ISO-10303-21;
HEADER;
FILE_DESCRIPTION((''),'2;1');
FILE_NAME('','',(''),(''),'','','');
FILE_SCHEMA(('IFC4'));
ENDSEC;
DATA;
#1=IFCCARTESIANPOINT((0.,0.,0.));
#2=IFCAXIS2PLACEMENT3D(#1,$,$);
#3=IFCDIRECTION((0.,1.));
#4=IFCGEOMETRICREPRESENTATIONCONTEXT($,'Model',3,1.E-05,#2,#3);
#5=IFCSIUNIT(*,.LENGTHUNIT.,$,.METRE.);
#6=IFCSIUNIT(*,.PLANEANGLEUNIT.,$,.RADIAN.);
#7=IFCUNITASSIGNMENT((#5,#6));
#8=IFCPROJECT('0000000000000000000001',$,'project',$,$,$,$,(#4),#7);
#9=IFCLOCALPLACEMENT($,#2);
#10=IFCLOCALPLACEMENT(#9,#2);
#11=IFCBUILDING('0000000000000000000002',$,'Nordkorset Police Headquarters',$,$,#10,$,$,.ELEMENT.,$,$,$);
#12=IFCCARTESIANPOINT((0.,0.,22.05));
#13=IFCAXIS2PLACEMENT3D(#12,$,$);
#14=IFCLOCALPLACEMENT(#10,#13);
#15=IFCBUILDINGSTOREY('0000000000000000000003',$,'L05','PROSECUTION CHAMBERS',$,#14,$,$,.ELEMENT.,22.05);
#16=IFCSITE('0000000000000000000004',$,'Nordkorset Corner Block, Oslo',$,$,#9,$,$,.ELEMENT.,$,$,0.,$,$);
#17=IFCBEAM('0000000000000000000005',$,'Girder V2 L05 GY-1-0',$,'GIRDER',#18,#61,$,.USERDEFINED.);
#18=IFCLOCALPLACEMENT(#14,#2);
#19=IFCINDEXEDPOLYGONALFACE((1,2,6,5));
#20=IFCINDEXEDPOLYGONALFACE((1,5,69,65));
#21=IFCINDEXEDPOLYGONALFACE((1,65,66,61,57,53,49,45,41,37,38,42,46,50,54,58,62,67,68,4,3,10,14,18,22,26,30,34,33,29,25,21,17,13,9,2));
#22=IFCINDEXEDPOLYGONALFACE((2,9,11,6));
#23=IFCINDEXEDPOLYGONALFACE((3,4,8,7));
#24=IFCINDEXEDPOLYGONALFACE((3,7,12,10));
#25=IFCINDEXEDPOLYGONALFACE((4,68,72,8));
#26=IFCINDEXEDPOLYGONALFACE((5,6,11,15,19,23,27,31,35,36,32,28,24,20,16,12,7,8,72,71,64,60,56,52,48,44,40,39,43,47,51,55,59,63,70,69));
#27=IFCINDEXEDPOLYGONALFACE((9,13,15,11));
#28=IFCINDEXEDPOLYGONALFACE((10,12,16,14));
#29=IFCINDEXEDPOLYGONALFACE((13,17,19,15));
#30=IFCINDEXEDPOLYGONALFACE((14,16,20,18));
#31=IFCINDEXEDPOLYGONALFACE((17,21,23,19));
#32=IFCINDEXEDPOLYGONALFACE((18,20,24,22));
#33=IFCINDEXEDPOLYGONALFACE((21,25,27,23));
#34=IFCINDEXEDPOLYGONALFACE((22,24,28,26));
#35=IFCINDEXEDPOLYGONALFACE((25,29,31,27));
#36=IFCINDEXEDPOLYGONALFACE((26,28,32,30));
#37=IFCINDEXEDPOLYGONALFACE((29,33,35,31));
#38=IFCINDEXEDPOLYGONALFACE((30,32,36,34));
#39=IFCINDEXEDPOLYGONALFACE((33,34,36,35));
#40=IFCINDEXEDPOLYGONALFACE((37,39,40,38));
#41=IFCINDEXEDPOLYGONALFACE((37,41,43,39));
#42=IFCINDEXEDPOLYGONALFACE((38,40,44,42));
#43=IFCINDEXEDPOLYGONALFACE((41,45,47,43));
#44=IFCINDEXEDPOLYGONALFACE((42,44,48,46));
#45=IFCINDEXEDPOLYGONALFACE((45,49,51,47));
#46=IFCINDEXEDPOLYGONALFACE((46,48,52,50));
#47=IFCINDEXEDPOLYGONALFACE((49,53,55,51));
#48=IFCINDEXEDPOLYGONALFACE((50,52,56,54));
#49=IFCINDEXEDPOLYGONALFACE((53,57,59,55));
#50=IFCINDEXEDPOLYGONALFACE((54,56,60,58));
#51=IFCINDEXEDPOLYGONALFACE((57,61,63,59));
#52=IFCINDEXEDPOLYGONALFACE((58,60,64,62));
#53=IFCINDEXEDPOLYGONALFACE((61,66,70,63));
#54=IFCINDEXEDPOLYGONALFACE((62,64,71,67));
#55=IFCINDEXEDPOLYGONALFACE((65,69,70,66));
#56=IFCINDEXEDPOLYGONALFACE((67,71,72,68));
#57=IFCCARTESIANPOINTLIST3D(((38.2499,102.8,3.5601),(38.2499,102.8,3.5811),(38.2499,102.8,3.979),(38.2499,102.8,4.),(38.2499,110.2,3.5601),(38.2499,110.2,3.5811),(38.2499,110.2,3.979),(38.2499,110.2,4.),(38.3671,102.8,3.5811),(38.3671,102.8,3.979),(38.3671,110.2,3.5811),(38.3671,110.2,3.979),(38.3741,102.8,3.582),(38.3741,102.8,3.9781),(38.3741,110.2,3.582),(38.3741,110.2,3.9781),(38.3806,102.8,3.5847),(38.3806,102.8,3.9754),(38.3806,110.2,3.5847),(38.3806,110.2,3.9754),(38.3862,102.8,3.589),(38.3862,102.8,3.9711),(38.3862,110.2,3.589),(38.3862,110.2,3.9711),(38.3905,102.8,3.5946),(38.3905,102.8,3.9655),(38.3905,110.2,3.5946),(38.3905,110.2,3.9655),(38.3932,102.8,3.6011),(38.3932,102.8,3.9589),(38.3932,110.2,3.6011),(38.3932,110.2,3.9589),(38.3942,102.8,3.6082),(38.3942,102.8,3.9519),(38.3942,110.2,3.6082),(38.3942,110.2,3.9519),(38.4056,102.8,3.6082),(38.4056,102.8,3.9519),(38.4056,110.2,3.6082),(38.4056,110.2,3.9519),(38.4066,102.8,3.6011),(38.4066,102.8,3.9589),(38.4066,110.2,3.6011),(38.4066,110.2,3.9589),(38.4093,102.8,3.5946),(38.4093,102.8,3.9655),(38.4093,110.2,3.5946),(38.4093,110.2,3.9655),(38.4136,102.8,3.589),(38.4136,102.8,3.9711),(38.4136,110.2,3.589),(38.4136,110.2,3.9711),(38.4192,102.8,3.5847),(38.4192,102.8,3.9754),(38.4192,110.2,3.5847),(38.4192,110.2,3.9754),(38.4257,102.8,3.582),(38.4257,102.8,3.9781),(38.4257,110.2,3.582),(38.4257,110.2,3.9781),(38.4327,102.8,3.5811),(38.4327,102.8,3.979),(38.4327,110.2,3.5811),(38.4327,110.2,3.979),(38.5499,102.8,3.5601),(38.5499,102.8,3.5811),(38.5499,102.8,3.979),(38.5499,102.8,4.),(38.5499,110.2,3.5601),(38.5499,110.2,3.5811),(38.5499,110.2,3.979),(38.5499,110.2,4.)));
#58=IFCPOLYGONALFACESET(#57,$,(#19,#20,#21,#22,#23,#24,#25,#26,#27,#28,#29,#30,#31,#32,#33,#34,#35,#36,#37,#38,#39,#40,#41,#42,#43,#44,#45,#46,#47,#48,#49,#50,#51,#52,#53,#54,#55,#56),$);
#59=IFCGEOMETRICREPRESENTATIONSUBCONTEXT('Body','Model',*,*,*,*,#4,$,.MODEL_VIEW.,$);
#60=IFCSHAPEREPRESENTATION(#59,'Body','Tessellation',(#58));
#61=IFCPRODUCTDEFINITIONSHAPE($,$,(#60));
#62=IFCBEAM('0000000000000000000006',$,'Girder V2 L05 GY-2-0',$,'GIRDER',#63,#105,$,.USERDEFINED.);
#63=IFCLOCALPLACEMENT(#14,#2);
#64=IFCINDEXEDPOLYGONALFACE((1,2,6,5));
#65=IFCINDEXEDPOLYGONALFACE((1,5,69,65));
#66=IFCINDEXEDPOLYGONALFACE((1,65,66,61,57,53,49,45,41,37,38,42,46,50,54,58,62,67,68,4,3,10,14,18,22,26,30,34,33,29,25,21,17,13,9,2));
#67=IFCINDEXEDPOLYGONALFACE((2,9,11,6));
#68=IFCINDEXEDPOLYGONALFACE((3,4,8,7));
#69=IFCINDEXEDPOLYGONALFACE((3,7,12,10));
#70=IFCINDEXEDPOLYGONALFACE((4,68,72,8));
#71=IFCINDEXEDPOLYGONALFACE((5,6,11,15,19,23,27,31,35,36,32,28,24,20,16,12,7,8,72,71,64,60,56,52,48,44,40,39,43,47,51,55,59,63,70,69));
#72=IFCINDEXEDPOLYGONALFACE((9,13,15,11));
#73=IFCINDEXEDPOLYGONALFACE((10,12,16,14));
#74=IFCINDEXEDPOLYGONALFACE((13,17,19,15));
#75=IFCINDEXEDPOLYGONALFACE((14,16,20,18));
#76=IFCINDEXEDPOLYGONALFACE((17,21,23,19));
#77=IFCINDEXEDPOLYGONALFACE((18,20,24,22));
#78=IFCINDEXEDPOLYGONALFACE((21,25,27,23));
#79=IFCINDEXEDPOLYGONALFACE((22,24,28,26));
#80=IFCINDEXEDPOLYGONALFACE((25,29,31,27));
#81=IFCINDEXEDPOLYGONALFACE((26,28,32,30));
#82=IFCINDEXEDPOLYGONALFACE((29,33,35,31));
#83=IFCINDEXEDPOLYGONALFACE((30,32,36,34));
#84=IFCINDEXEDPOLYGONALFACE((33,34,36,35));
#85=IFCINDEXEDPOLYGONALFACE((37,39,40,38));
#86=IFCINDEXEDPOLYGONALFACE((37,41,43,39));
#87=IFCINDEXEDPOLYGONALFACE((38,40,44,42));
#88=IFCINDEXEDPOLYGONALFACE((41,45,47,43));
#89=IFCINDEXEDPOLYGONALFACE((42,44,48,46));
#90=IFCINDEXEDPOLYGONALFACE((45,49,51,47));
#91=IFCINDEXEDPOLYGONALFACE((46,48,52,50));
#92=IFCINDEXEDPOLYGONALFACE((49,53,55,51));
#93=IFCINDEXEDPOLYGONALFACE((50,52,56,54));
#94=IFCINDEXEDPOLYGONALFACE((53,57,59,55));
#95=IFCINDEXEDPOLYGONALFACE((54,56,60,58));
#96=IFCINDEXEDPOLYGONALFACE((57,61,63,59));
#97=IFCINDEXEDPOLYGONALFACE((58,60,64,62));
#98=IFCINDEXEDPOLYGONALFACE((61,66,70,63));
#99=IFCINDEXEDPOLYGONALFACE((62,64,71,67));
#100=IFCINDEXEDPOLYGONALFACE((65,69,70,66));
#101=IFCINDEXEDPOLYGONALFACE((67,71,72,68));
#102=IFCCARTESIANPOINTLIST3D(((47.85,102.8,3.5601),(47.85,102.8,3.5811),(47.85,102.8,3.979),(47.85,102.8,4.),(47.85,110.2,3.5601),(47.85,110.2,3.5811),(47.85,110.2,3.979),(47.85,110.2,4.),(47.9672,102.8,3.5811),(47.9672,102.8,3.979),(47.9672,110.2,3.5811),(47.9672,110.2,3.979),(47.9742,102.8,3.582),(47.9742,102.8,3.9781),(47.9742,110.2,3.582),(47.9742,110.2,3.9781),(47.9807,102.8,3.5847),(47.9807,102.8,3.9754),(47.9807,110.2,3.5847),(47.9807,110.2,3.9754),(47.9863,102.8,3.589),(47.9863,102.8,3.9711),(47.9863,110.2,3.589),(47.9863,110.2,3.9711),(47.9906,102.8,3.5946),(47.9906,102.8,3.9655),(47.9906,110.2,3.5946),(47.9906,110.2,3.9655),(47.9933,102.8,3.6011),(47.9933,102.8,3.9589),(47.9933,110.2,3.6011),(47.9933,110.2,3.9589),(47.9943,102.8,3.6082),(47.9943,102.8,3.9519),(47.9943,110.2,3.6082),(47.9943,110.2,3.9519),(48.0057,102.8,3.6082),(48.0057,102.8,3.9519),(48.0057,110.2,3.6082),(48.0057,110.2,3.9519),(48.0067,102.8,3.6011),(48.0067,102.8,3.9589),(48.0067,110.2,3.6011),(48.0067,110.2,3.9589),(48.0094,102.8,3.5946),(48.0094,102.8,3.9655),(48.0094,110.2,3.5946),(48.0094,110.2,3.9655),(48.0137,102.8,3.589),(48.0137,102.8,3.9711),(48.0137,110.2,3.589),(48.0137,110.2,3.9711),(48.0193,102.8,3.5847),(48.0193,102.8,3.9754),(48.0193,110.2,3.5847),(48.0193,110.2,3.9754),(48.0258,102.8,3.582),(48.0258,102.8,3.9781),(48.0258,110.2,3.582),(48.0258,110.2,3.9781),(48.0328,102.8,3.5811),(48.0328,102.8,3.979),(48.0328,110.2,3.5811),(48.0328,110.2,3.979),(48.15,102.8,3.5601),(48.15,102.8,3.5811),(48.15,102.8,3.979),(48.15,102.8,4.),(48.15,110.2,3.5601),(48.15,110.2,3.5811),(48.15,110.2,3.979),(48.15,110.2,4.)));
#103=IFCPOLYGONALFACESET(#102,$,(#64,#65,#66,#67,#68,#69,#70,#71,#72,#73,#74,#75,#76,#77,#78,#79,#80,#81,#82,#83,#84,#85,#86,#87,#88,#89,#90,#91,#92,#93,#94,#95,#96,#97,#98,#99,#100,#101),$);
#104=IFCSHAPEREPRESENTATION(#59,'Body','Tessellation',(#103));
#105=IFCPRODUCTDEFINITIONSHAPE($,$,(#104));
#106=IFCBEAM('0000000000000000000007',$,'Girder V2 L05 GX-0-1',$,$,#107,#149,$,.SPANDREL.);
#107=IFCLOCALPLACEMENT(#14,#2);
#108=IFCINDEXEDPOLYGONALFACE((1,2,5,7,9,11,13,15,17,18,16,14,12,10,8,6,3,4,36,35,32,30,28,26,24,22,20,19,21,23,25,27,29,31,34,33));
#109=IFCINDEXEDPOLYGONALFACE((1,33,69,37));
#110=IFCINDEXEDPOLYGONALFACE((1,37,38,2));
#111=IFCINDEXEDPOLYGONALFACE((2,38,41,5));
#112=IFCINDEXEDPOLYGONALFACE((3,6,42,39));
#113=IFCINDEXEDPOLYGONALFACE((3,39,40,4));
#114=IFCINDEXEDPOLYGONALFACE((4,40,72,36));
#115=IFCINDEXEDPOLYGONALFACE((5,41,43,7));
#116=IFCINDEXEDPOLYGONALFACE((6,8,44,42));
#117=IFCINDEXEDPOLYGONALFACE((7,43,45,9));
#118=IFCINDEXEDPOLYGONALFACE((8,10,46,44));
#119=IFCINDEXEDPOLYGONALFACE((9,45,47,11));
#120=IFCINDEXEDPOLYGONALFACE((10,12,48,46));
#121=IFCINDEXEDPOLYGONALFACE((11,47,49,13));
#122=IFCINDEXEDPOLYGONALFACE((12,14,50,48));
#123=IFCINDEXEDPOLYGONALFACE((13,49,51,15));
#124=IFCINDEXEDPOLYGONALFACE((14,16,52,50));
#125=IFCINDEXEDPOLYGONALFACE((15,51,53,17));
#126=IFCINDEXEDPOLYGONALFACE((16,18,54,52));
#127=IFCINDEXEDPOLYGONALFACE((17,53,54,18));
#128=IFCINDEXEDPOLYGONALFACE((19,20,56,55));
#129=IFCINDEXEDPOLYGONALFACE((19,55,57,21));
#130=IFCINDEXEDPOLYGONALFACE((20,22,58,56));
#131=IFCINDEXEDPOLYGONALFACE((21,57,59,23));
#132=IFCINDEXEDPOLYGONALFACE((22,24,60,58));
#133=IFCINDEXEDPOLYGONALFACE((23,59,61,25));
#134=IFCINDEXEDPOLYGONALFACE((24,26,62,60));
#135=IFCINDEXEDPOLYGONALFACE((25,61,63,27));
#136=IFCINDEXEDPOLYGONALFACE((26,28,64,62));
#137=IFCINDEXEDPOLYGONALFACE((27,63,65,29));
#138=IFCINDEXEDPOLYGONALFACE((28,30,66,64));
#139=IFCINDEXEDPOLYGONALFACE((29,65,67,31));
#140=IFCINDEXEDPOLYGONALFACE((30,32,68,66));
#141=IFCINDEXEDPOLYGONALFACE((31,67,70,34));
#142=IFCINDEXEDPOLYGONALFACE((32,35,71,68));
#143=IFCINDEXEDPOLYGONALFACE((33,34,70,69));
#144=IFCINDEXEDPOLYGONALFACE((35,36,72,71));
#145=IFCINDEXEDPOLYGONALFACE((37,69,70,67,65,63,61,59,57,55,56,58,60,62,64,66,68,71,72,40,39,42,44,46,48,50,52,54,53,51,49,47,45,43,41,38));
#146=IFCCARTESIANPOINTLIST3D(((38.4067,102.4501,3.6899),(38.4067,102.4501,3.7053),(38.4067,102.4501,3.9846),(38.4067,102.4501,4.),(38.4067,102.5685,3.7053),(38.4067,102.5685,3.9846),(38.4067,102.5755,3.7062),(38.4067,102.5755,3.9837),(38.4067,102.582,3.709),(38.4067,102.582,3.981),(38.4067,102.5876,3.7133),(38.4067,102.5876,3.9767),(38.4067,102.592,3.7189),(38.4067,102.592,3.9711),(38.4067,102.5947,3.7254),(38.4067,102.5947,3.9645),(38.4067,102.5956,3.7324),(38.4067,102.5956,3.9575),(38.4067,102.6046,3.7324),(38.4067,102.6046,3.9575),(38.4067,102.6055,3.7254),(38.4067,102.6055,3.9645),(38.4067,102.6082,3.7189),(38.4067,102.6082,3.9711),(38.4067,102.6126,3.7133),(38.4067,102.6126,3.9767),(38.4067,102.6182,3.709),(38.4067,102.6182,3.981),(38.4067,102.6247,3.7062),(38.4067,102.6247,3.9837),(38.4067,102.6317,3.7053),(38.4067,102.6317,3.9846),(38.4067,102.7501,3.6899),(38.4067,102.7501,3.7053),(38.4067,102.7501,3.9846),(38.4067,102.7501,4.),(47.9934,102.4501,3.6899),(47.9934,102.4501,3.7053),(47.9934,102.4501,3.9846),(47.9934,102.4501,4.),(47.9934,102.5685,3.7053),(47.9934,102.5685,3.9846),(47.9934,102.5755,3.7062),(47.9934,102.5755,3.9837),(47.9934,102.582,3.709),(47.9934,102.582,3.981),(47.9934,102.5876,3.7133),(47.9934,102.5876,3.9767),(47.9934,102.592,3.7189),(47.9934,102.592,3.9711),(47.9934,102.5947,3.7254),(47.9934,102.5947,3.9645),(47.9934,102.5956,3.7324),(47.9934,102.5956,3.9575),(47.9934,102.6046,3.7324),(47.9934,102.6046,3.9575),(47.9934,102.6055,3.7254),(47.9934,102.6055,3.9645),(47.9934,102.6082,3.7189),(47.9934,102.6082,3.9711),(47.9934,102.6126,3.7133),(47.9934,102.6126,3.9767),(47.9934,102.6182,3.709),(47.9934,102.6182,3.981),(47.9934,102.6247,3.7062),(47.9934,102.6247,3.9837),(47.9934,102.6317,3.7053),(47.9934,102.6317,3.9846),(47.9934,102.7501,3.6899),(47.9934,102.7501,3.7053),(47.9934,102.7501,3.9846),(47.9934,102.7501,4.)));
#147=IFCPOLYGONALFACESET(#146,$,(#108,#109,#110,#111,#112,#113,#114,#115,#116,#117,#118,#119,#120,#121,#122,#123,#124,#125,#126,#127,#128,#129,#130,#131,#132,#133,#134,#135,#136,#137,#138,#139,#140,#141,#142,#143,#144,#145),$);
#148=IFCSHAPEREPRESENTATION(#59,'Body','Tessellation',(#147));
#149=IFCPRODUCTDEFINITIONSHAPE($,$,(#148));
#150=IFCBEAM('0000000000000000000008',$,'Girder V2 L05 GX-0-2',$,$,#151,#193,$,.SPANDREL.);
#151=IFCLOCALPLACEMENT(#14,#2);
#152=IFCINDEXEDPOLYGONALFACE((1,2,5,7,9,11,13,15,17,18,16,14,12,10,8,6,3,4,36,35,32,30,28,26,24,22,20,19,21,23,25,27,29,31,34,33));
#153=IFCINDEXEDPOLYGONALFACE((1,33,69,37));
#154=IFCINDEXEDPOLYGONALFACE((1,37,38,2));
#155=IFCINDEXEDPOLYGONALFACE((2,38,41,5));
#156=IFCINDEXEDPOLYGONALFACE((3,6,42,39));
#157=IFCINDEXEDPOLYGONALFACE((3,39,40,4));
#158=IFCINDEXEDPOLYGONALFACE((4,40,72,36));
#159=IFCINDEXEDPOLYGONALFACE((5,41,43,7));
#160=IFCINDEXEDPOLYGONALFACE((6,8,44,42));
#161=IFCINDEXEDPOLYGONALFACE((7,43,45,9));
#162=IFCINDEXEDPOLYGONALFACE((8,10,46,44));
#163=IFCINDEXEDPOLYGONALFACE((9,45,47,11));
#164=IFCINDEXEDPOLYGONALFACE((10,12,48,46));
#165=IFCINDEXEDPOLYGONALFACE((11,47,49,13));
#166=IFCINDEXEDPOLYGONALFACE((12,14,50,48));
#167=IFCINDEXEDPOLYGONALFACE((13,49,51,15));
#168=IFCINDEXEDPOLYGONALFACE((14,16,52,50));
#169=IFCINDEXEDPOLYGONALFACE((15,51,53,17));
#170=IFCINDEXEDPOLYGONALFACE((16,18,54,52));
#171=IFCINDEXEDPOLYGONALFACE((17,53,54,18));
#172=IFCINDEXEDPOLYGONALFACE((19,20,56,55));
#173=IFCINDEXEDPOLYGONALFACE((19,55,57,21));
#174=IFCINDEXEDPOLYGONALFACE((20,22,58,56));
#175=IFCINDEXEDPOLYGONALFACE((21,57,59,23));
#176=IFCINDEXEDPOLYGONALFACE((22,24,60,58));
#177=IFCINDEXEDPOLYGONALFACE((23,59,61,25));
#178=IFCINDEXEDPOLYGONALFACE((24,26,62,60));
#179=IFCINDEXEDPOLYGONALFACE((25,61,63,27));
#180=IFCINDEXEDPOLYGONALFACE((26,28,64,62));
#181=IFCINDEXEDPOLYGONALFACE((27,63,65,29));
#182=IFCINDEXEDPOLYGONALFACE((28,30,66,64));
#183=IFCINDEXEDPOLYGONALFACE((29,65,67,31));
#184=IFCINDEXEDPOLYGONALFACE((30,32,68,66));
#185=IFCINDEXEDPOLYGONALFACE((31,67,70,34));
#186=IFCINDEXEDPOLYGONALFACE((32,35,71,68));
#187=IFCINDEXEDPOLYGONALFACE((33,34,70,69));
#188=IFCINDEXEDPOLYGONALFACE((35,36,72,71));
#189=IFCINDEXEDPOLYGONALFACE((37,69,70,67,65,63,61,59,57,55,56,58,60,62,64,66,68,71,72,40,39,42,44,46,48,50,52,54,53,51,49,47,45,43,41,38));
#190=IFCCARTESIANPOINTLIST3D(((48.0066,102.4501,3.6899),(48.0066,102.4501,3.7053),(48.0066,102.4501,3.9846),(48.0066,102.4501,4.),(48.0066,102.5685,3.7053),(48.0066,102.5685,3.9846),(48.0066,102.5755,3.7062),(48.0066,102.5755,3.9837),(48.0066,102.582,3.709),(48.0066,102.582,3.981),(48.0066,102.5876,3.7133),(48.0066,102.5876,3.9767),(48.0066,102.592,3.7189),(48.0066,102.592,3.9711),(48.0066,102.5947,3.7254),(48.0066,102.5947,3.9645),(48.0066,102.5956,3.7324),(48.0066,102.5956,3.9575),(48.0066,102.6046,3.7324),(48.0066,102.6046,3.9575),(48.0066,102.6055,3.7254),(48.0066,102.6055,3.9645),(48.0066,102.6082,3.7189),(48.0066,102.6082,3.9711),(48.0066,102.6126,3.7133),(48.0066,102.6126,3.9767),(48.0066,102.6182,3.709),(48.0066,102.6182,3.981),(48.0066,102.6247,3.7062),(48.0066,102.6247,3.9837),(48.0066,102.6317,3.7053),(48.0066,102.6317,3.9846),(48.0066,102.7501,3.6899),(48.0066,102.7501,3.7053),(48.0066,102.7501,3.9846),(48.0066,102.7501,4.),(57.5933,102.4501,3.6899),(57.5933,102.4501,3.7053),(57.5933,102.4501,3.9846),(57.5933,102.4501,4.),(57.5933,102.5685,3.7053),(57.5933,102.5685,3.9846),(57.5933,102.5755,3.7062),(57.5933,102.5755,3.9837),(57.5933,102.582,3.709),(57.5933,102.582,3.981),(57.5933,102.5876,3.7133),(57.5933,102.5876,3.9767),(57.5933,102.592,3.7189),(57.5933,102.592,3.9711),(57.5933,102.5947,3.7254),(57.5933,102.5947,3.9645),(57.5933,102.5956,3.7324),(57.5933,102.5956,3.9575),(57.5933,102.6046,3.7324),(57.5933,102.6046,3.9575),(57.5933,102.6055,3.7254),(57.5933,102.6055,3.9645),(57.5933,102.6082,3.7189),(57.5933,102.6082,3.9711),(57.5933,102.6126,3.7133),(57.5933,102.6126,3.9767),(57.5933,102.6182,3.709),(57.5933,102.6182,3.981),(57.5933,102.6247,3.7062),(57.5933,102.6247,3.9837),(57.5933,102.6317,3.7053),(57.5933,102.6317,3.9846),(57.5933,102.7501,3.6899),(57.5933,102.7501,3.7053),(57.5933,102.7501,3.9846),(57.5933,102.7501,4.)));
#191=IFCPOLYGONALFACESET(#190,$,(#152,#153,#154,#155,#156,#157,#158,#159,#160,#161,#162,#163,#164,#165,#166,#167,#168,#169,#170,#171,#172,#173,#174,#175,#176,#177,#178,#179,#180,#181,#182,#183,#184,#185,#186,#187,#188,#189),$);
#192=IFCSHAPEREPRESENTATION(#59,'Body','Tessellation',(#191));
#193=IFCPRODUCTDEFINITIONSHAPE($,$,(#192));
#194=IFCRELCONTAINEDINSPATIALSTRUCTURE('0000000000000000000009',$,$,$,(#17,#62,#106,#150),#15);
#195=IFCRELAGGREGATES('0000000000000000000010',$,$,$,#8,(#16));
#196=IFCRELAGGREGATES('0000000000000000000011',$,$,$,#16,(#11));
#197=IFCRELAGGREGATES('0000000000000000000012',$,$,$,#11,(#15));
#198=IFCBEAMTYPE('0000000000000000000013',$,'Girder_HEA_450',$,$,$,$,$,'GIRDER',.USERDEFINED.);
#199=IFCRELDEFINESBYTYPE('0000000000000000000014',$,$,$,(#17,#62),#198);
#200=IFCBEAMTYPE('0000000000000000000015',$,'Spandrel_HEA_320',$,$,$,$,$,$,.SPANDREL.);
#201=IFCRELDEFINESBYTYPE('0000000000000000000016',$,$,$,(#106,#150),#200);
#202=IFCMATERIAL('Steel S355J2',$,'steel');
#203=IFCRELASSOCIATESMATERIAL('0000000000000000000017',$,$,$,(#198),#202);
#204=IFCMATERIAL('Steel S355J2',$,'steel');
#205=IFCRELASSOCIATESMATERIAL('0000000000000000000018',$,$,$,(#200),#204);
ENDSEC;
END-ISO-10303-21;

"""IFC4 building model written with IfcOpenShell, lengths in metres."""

from ifc_helpers import new_model, si_unit, direction, frame, origin, origin_2d, place, context, subcontext, project, spatial, i_section, extrude, material, material_profile, profile_set, type_object, element, save


model = new_model("IFC4")

# Units and contexts
model_context = context("Model", 3, precision=1e-05, world=origin(), true_north=direction((0.0, 1.0)))
body_context = subcontext(model_context, "Body", "Model", "MODEL_VIEW")
ifc_project = project(units=[si_unit("LENGTHUNIT", "METRE"), si_unit("PLANEANGLEUNIT", "RADIAN")], contexts=[model_context])

# Site, building, storey
site_placement = place(None, origin())
site = spatial("IfcSite", under=ifc_project, at=site_placement, Name="Nordkorset Corner Block, Oslo", CompositionType="ELEMENT", RefElevation=0.0)
building_placement = place(site_placement, origin())
building = spatial("IfcBuilding", under=site, at=building_placement, Name="Nordkorset Police Headquarters", CompositionType="ELEMENT")
storey_placement = place(building_placement, frame((0.0, 0.0, 22.05)))
storey = spatial("IfcBuildingStorey", under=building, at=storey_placement, Name="L05", Description="PROSECUTION CHAMBERS", CompositionType="ELEMENT", Elevation=22.05)

# Beams
ifc_material_1 = material(Name="Steel S355J2", Category="steel")
ifc_material_profile_1 = material_profile(ifc_material_1, i_section(OverallWidth=0.3, OverallDepth=0.4399, WebThickness=0.0115, FlangeThickness=0.021, FilletRadius=0.0271, at=origin_2d()), Name="HEA 450")
ifc_profile_set_1 = profile_set([ifc_material_profile_1], Name="Steel S355J2")
beam_type_1 = type_object("IfcBeamType", Name="Girder_HEA_450", ElementType="GIRDER", PredefinedType="USERDEFINED", material=ifc_profile_set_1)
for number, where, z_axis, x_axis, name in (
    (1, (38.3999, 102.8, 3.78), (0.0, 1.0, 0.0), (-1.0, 0.0, 0.0), "Girder V2 L05 GY-1-0"),
    (2, (48.0, 102.8, 3.78), (0.0, 1.0, 0.0), (-1.0, 0.0, 0.0), "Girder V2 L05 GY-2-0"),
):
    element("IfcBeam", number, at=place(storey_placement, frame(where, z_axis=z_axis, x_axis=x_axis)), inside=storey, type_object=beam_type_1, Name=name, ObjectType="GIRDER", PredefinedType="USERDEFINED", context=body_context, shape_type="SweptSolid", body=[
        extrude(i_section(OverallWidth=0.3, OverallDepth=0.4399, WebThickness=0.0115, FlangeThickness=0.021, FilletRadius=0.0271, at=origin_2d()), origin(), (0.0, 0.0, 1.0), 7.3999),
    ])
ifc_material_2 = material(Name="Steel S355J2", Category="steel")
ifc_material_profile_2 = material_profile(ifc_material_2, i_section(OverallWidth=0.3, OverallDepth=0.3101, WebThickness=0.009, FlangeThickness=0.0154, FilletRadius=0.0271, at=origin_2d()), Name="HEA 320")
ifc_profile_set_2 = profile_set([ifc_material_profile_2], Name="Steel S355J2")
beam_type_2 = type_object("IfcBeamType", Name="Spandrel_HEA_320", PredefinedType="SPANDREL", material=ifc_profile_set_2)
for number, where, z_axis, x_axis, name in (
    (3, (38.4067, 102.6001, 3.845), (1.0, 0.0, 0.0), (0.0, 1.0, 0.0), "Girder V2 L05 GX-0-1"),
    (4, (48.0066, 102.6001, 3.845), (1.0, 0.0, 0.0), (0.0, 1.0, 0.0), "Girder V2 L05 GX-0-2"),
):
    element("IfcBeam", number, at=place(storey_placement, frame(where, z_axis=z_axis, x_axis=x_axis)), inside=storey, type_object=beam_type_2, Name=name, PredefinedType="SPANDREL", context=body_context, shape_type="SweptSolid", body=[
        extrude(i_section(OverallWidth=0.3, OverallDepth=0.3101, WebThickness=0.009, FlangeThickness=0.0154, FilletRadius=0.0271, at=origin_2d()), origin(), (0.0, 0.0, 1.0), 9.5867),
    ])

save(model, "model.ifc")
